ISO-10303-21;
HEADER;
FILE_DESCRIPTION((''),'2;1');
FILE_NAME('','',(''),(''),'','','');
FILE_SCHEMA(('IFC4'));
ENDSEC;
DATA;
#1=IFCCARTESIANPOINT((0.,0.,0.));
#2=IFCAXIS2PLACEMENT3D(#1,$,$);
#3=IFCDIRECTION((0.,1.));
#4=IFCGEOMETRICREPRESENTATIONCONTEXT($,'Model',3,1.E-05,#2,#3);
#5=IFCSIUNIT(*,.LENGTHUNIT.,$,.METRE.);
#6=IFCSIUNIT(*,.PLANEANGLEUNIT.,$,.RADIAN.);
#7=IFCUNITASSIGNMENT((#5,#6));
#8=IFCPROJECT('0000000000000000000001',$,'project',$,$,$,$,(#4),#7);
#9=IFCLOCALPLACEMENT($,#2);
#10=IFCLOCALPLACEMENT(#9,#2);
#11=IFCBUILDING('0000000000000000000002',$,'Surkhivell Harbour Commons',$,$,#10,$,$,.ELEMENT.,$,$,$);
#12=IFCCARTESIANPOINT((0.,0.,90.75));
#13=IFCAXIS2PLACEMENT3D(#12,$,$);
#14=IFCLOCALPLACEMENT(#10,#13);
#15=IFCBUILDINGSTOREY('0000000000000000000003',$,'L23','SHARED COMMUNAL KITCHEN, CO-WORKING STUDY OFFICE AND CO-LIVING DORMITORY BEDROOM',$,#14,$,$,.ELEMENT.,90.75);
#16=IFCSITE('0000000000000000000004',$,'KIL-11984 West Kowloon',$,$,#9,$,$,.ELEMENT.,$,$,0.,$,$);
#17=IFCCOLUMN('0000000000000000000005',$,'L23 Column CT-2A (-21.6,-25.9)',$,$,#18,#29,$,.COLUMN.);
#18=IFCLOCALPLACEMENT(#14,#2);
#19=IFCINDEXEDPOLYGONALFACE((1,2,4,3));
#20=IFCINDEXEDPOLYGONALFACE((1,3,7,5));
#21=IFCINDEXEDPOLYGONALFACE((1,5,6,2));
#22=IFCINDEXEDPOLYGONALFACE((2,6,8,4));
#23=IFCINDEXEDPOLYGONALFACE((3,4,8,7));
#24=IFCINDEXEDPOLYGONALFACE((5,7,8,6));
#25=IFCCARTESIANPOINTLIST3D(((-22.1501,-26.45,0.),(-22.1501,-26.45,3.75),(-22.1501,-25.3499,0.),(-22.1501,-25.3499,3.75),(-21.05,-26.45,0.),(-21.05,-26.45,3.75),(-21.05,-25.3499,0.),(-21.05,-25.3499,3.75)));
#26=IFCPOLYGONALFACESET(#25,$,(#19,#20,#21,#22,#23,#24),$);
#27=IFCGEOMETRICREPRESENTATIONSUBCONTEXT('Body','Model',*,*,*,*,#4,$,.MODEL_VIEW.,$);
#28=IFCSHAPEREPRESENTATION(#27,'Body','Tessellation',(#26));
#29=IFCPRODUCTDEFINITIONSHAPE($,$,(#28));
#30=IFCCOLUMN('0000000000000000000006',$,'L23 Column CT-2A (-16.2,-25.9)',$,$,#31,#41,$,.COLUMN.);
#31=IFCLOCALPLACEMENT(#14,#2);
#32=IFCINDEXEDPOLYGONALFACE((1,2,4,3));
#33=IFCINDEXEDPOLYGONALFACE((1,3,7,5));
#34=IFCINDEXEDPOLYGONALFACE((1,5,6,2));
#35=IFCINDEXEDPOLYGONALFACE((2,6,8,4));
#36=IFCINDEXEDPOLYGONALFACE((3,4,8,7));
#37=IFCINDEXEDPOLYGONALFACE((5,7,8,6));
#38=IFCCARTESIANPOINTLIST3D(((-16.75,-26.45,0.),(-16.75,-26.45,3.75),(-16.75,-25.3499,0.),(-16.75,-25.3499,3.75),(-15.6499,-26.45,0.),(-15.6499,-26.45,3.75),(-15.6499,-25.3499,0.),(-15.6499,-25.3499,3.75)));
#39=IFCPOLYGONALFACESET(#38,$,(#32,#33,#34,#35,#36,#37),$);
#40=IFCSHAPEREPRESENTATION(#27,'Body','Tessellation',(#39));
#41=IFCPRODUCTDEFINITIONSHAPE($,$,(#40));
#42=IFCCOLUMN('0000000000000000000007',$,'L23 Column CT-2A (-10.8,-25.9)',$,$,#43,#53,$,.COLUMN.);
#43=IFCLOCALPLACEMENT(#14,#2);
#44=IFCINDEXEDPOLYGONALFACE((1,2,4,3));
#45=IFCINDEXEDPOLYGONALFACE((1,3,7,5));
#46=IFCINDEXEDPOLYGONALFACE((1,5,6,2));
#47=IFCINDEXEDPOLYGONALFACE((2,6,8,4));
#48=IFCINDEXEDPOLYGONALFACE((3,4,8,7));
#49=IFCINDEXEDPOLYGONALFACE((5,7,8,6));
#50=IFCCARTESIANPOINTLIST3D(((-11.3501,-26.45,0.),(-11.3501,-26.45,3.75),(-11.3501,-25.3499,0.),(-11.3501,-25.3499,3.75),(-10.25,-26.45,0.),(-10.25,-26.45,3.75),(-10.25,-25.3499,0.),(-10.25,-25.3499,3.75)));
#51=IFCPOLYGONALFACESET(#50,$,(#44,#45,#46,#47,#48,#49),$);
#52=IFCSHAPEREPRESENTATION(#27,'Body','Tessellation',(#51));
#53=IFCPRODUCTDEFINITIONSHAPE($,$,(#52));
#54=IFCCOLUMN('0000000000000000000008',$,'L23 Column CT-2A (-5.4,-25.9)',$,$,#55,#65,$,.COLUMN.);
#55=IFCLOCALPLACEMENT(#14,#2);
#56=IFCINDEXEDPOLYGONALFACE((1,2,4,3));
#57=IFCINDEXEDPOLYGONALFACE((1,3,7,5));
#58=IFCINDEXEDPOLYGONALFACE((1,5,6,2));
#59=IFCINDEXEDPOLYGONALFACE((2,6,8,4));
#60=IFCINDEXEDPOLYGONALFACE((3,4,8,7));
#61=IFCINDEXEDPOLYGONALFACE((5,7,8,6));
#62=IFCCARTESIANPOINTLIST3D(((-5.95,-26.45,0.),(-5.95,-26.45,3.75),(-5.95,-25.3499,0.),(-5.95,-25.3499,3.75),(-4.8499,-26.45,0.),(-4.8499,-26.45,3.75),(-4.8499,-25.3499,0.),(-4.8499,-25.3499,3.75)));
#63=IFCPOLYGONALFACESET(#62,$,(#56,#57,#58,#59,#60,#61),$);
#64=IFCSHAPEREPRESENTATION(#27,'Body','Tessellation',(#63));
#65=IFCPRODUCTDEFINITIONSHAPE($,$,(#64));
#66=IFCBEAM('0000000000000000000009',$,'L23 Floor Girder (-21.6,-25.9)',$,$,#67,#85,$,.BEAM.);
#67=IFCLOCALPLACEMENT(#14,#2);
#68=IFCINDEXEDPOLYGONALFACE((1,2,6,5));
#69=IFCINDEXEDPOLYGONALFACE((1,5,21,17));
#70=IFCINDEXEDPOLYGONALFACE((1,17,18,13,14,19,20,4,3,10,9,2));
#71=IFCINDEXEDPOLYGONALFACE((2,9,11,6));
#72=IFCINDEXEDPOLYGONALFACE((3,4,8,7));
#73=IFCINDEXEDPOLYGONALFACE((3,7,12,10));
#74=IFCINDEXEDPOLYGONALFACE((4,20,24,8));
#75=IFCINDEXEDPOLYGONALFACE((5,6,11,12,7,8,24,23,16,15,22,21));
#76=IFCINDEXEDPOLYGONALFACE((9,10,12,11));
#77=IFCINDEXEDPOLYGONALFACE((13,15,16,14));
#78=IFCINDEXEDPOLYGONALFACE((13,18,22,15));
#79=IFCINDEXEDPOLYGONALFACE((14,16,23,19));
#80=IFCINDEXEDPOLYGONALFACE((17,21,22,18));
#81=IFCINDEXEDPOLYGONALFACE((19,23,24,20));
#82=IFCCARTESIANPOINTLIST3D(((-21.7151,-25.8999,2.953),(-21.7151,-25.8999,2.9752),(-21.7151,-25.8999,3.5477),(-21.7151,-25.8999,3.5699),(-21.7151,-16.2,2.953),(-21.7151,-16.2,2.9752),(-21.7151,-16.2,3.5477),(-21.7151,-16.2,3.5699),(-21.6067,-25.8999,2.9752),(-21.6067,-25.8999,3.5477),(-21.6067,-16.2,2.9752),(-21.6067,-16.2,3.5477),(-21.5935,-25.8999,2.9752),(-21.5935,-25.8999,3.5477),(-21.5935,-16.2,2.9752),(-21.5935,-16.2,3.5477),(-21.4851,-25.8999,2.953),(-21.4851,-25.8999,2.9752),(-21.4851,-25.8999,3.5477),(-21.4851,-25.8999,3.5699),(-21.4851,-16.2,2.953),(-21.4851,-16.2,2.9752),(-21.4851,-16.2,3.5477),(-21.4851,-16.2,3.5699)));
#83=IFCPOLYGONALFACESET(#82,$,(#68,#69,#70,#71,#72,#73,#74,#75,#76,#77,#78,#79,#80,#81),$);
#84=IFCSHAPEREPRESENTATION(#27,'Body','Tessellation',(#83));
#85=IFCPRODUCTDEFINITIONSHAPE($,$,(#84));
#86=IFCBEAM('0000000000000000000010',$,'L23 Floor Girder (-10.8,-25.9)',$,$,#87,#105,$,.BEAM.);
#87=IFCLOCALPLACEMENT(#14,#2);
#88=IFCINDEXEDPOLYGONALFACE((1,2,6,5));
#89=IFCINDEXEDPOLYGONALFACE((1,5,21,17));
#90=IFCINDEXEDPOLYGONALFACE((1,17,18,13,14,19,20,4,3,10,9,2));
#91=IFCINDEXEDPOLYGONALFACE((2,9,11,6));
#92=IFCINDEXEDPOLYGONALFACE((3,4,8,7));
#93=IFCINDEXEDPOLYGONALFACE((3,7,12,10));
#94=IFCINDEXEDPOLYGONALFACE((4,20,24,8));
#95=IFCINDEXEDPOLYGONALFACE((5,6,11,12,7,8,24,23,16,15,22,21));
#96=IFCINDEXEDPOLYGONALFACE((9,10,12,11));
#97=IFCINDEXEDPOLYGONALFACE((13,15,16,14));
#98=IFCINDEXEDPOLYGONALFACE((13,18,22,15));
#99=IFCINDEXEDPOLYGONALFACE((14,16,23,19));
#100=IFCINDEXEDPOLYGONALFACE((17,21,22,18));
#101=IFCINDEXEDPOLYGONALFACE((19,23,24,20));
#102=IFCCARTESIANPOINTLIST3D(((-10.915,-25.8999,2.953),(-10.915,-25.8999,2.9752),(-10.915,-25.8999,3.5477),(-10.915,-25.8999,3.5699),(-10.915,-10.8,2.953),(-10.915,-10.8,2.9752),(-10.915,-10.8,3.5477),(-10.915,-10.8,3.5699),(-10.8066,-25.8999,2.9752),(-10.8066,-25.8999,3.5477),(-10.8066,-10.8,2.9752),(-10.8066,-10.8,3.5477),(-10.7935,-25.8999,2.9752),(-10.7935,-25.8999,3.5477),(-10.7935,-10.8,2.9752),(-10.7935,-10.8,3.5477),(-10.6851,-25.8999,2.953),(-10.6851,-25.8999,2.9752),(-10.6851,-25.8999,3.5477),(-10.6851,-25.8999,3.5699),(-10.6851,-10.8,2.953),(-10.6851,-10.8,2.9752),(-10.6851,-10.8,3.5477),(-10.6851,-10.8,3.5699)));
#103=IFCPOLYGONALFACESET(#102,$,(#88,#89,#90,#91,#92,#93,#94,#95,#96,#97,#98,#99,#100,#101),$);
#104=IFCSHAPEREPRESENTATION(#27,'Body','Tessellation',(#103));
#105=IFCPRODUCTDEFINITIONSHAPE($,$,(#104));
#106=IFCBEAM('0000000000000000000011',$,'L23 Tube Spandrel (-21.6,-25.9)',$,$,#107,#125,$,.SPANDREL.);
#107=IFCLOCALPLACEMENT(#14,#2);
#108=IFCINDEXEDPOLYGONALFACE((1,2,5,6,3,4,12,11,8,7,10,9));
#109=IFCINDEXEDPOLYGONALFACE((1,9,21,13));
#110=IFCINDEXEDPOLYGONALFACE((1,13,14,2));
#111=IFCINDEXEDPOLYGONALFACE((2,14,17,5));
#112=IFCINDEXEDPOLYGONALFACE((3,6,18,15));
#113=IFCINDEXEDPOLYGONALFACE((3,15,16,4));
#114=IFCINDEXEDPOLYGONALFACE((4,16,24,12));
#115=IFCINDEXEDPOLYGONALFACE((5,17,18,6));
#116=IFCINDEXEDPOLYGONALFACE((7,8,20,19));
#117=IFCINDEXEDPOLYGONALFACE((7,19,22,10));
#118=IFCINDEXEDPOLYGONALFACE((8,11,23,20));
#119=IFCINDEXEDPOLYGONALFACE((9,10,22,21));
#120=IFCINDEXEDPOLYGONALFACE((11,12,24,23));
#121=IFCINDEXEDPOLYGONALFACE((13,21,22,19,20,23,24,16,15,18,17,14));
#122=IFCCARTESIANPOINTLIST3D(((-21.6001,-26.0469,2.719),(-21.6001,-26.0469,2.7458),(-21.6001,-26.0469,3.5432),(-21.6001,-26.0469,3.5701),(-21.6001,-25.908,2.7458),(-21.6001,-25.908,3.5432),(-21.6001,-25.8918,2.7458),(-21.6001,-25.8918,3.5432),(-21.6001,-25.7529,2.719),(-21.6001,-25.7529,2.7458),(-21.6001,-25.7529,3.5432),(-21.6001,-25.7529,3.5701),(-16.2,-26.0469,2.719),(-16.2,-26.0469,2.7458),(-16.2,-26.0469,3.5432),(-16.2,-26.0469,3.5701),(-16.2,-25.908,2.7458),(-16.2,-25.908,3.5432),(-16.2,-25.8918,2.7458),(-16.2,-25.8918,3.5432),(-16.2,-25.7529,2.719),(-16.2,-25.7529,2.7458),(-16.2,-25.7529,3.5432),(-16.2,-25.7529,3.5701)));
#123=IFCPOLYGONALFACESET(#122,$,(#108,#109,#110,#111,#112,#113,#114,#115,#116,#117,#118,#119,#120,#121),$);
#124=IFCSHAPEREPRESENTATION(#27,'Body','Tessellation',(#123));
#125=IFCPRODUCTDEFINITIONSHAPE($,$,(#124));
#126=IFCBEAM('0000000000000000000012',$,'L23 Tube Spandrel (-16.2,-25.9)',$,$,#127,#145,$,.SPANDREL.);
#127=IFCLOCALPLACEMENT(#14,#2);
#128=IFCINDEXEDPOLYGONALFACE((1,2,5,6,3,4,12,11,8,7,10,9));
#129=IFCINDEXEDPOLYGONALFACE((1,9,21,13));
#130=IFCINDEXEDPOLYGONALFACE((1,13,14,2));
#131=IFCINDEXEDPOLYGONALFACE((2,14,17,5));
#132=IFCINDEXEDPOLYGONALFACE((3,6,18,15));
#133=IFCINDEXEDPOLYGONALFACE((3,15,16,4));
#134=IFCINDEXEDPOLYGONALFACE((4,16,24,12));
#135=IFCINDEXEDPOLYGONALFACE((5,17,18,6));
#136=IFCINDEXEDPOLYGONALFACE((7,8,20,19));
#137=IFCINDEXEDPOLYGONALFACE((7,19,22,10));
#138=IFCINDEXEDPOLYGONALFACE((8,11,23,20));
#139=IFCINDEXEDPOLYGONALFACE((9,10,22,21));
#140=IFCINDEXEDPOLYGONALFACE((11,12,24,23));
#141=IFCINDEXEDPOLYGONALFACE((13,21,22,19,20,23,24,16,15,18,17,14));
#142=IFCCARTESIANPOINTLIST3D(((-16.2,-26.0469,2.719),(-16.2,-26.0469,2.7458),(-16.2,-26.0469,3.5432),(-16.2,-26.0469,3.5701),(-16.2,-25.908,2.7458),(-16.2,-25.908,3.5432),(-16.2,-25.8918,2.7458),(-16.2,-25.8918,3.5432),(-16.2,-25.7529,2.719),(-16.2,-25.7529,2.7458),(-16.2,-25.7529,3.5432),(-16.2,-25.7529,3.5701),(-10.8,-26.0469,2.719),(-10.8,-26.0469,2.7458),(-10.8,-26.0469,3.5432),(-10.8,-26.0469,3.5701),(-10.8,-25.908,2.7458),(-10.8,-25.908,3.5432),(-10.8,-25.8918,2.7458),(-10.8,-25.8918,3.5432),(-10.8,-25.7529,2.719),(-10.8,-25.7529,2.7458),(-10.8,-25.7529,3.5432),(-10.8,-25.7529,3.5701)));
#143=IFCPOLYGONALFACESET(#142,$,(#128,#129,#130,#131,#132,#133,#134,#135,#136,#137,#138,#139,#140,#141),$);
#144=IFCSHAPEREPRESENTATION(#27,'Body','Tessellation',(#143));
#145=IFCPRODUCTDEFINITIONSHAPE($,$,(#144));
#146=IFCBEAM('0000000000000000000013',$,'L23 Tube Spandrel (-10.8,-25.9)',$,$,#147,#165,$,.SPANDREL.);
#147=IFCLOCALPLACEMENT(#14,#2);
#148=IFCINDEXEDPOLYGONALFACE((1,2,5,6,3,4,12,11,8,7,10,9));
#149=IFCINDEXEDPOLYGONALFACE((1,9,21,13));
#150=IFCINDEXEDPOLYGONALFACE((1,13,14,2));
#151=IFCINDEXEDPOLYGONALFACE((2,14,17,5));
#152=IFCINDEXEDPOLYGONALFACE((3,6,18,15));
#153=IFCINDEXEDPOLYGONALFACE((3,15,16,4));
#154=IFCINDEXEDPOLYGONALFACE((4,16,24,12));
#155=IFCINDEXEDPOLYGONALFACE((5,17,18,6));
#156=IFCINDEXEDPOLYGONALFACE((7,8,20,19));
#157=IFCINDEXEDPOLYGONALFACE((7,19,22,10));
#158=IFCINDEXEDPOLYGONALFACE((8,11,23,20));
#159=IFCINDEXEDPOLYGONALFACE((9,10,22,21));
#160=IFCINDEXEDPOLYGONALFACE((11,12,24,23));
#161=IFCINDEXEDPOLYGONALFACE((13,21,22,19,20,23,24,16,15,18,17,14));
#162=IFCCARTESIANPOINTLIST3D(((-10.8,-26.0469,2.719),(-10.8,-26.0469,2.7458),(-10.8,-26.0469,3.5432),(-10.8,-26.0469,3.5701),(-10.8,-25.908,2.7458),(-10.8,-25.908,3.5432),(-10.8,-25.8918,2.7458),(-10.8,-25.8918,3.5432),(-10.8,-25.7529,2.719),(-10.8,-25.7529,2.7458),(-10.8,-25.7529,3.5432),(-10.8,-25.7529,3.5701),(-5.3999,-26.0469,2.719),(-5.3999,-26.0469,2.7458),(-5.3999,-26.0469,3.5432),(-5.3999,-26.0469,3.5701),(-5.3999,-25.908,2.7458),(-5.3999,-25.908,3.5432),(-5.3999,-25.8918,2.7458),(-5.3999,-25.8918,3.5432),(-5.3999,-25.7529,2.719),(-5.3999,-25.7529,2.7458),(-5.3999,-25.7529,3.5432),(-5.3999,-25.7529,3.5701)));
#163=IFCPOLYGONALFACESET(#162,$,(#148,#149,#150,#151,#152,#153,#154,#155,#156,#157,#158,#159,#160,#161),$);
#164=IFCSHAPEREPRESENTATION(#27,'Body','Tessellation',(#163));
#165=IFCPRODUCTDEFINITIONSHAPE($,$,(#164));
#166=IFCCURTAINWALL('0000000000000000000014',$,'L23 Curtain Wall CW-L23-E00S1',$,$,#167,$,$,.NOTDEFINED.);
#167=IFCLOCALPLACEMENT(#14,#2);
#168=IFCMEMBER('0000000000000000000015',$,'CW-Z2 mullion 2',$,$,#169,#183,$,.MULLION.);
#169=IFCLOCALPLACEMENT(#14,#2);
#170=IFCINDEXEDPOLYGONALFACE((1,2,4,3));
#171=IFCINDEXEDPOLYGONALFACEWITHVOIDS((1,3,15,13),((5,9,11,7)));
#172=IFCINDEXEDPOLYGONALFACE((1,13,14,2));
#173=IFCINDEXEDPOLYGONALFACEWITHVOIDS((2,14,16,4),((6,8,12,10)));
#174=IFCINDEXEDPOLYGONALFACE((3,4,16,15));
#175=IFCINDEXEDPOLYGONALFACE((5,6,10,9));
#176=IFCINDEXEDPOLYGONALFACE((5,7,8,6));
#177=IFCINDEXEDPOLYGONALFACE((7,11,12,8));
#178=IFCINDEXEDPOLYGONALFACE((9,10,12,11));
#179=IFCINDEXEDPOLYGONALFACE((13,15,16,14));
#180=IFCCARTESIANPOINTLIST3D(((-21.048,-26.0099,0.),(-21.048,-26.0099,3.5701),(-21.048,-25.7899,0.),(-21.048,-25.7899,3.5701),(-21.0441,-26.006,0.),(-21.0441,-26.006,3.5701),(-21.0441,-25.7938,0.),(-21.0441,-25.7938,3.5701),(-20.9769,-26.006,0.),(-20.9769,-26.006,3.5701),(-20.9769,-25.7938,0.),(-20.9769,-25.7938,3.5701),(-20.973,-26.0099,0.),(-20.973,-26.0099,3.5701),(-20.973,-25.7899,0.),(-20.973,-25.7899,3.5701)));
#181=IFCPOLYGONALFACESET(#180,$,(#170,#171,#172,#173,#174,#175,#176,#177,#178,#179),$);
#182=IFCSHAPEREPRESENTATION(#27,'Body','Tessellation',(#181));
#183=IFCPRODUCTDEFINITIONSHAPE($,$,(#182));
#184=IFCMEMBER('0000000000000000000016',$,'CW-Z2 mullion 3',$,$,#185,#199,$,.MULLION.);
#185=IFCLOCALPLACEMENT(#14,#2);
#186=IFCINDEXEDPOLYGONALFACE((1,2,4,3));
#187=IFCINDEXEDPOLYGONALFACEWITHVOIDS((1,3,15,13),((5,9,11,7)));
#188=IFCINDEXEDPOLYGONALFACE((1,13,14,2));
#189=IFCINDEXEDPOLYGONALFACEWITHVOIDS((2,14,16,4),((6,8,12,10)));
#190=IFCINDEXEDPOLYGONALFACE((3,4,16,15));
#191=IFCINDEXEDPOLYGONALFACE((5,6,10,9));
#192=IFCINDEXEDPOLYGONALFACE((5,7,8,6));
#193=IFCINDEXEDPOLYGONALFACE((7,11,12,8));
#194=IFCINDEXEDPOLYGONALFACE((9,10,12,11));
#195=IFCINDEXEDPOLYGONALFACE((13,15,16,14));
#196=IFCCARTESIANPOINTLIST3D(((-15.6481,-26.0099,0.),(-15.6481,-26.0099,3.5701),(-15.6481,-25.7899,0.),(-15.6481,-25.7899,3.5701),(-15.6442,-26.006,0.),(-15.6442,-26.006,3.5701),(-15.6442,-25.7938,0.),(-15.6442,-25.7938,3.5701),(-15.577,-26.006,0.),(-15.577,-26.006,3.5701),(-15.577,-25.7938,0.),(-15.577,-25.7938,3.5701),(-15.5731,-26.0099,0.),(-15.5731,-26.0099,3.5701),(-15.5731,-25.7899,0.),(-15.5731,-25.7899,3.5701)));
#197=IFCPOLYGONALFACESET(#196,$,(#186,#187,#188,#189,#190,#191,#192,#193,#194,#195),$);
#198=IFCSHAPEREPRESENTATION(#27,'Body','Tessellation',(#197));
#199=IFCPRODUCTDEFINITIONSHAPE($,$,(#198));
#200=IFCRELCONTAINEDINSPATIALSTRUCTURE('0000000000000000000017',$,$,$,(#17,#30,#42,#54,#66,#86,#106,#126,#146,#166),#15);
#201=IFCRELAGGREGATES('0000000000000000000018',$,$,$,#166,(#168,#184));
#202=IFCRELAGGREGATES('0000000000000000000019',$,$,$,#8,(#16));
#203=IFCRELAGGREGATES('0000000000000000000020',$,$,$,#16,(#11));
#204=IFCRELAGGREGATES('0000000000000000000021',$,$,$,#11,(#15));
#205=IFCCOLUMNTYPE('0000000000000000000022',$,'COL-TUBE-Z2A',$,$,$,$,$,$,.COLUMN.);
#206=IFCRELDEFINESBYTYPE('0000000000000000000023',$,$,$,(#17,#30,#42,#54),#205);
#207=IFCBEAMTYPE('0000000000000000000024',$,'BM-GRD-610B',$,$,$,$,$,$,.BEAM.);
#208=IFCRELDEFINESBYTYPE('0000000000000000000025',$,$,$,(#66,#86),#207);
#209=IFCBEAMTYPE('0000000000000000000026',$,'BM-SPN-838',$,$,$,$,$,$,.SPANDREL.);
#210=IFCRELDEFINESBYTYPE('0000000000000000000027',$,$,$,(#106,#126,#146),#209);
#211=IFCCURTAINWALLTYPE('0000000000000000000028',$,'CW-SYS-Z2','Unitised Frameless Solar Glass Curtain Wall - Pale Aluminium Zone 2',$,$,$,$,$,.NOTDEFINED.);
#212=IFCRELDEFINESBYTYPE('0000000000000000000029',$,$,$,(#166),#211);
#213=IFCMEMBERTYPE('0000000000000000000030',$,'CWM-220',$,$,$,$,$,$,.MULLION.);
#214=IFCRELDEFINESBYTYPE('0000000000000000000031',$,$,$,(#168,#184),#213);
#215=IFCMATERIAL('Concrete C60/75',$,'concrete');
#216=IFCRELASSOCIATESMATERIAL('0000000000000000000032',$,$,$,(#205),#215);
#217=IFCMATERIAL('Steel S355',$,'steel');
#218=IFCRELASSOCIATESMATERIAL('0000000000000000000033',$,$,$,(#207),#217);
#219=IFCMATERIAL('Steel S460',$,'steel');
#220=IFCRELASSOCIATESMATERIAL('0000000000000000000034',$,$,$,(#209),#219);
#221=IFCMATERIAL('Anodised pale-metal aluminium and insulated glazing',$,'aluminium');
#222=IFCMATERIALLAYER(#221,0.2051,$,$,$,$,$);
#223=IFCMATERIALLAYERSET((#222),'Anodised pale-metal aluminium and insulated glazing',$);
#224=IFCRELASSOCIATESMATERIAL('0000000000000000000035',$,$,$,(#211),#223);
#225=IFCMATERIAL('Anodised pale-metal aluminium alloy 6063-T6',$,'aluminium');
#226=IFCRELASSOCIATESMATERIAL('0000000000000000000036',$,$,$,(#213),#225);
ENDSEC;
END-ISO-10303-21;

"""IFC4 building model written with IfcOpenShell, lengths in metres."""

from ifc_helpers import new_model, si_unit, direction, frame, origin, origin_2d, place, context, subcontext, project, spatial, rectangle, hollow_rectangle, i_section, extrude, material, layer, layer_set, material_profile, profile_set, type_object, element, aggregate, save


model = new_model("IFC4")

# Units and contexts
model_context = context("Model", 3, precision=1e-05, world=origin(), true_north=direction((0.0, 1.0)))
body_context = subcontext(model_context, "Body", "Model", "MODEL_VIEW")
ifc_project = project(units=[si_unit("LENGTHUNIT", "METRE"), si_unit("PLANEANGLEUNIT", "RADIAN")], contexts=[model_context])

# Site, building, storey
site_placement = place(None, origin())
site = spatial("IfcSite", under=ifc_project, at=site_placement, Name="KIL-11984 West Kowloon", CompositionType="ELEMENT", RefElevation=0.0)
building_placement = place(site_placement, origin())
building = spatial("IfcBuilding", under=site, at=building_placement, Name="Surkhivell Harbour Commons", CompositionType="ELEMENT")
storey_placement = place(building_placement, frame((0.0, 0.0, 90.75)))
storey = spatial("IfcBuildingStorey", under=building, at=storey_placement, Name="L23", Description="SHARED COMMUNAL KITCHEN, CO-WORKING STUDY OFFICE AND CO-LIVING DORMITORY BEDROOM", CompositionType="ELEMENT", Elevation=90.75)

# Columns
ifc_material_1 = material(Name="Concrete C60/75", Category="concrete")
ifc_material_profile_1 = material_profile(ifc_material_1, rectangle(XDim=1.1001, YDim=1.1001, at=origin_2d()), Name="RC-COL-1100x1100")
ifc_profile_set_1 = profile_set([ifc_material_profile_1], Name="Concrete C60/75")
column_type = type_object("IfcColumnType", Name="COL-TUBE-Z2A", PredefinedType="COLUMN", material=ifc_profile_set_1)
for number, where, z_axis, x_axis, name in (
    (1, (-21.6001, -25.8999, 0.0), (0.0, 0.0, 1.0), (1.0, 0.0, 0.0), "L23 Column CT-2A (-21.6,-25.9)"),
    (2, (-16.2, -25.8999, 0.0), (0.0, 0.0, 1.0), (1.0, 0.0, 0.0), "L23 Column CT-2A (-16.2,-25.9)"),
    (3, (-10.8, -25.8999, 0.0), (0.0, 0.0, 1.0), (1.0, 0.0, 0.0), "L23 Column CT-2A (-10.8,-25.9)"),
    (4, (-5.3999, -25.8999, 0.0), (0.0, 0.0, 1.0), (1.0, 0.0, 0.0), "L23 Column CT-2A (-5.4,-25.9)"),
):
    element("IfcColumn", number, at=place(storey_placement, frame(where, z_axis=z_axis, x_axis=x_axis)), inside=storey, type_object=column_type, Name=name, PredefinedType="COLUMN", context=body_context, shape_type="SweptSolid", body=[
        extrude(rectangle(XDim=1.1001, YDim=1.1001, at=origin_2d()), origin(), (0.0, 0.0, 1.0), 3.75),
    ])

# Beams
ifc_material_2 = material(Name="Steel S355", Category="steel")
ifc_material_profile_2 = material_profile(ifc_material_2, i_section(OverallWidth=0.23, OverallDepth=0.6169, WebThickness=0.0132, FlangeThickness=0.0222, at=origin_2d()), Name="UB610x229x140")
ifc_profile_set_2 = profile_set([ifc_material_profile_2], Name="Steel S355")
beam_type_1 = type_object("IfcBeamType", Name="BM-GRD-610B", PredefinedType="BEAM", material=ifc_profile_set_2)
beam_1_placement = place(storey_placement, frame((-21.6001, -25.8999, 3.2615), z_axis=(0.0, 1.0, 0.0), x_axis=(-1.0, 0.0, 0.0)))
element("IfcBeam", 5, at=beam_1_placement, inside=storey, type_object=beam_type_1, Name="L23 Floor Girder (-21.6,-25.9)", PredefinedType="BEAM", context=body_context, shape_type="SweptSolid", body=[
    extrude(i_section(OverallWidth=0.23, OverallDepth=0.6169, WebThickness=0.0132, FlangeThickness=0.0222, at=origin_2d()), origin(), (0.0, 0.0, 1.0), 9.7),
])
beam_2_placement = place(storey_placement, frame((-10.8, -25.8999, 3.2615), z_axis=(0.0, 1.0, 0.0), x_axis=(-1.0, 0.0, 0.0)))
element("IfcBeam", 6, at=beam_2_placement, inside=storey, type_object=beam_type_1, Name="L23 Floor Girder (-10.8,-25.9)", PredefinedType="BEAM", context=body_context, shape_type="SweptSolid", body=[
    extrude(i_section(OverallWidth=0.23, OverallDepth=0.6169, WebThickness=0.0132, FlangeThickness=0.0222, at=origin_2d()), origin(), (0.0, 0.0, 1.0), 15.0999),
])
ifc_material_3 = material(Name="Steel S460", Category="steel")
ifc_material_profile_3 = material_profile(ifc_material_3, i_section(OverallWidth=0.2939, OverallDepth=0.8511, WebThickness=0.0161, FlangeThickness=0.0269, at=origin_2d()), Name="UB838x292x226")
ifc_profile_set_3 = profile_set([ifc_material_profile_3], Name="Steel S460")
beam_type_2 = type_object("IfcBeamType", Name="BM-SPN-838", PredefinedType="SPANDREL", material=ifc_profile_set_3)
beam_3_placement = place(storey_placement, frame((-21.6001, -25.8999, 3.1445), z_axis=(1.0, 0.0, 0.0), x_axis=(0.0, 1.0, 0.0)))
element("IfcBeam", 7, at=beam_3_placement, inside=storey, type_object=beam_type_2, Name="L23 Tube Spandrel (-21.6,-25.9)", PredefinedType="SPANDREL", context=body_context, shape_type="SweptSolid", body=[
    extrude(i_section(OverallWidth=0.2939, OverallDepth=0.8511, WebThickness=0.0161, FlangeThickness=0.0269, at=origin_2d()), origin(), (0.0, 0.0, 1.0), 5.4001),
])
beam_4_placement = place(storey_placement, frame((-16.2, -25.8999, 3.1445), z_axis=(1.0, 0.0, 0.0), x_axis=(0.0, 1.0, 0.0)))
element("IfcBeam", 8, at=beam_4_placement, inside=storey, type_object=beam_type_2, Name="L23 Tube Spandrel (-16.2,-25.9)", PredefinedType="SPANDREL", context=body_context, shape_type="SweptSolid", body=[
    extrude(i_section(OverallWidth=0.2939, OverallDepth=0.8511, WebThickness=0.0161, FlangeThickness=0.0269, at=origin_2d()), origin(), (0.0, 0.0, 1.0), 5.3999),
])
beam_5_placement = place(storey_placement, frame((-10.8, -25.8999, 3.1445), z_axis=(1.0, 0.0, 0.0), x_axis=(0.0, 1.0, 0.0)))
element("IfcBeam", 9, at=beam_5_placement, inside=storey, type_object=beam_type_2, Name="L23 Tube Spandrel (-10.8,-25.9)", PredefinedType="SPANDREL", context=body_context, shape_type="SweptSolid", body=[
    extrude(i_section(OverallWidth=0.2939, OverallDepth=0.8511, WebThickness=0.0161, FlangeThickness=0.0269, at=origin_2d()), origin(), (0.0, 0.0, 1.0), 5.4001),
])

# Curtain wall, members
ifc_material_4 = material(Name="Anodised pale-metal aluminium and insulated glazing", Category="aluminium")
ifc_layer_1 = layer(ifc_material_4, 0.2051)
ifc_layer_set_1 = layer_set([ifc_layer_1], Name="Anodised pale-metal aluminium and insulated glazing")
curtain_wall_type = type_object("IfcCurtainWallType", Name="CW-SYS-Z2", Description="Unitised Frameless Solar Glass Curtain Wall - Pale Aluminium Zone 2", PredefinedType="NOTDEFINED", material=ifc_layer_set_1)
curtain_wall_placement = place(storey_placement, origin())
curtain_wall = element("IfcCurtainWall", 10, at=curtain_wall_placement, inside=storey, type_object=curtain_wall_type, Name="L23 Curtain Wall CW-L23-E00S1", PredefinedType="NOTDEFINED")
ifc_material_5 = material(Name="Anodised pale-metal aluminium alloy 6063-T6", Category="aluminium")
ifc_material_profile_4 = material_profile(ifc_material_5, hollow_rectangle(XDim=0.075, YDim=0.22, WallThickness=0.0039, at=origin_2d()), Name="ALU-MULL-75x220")
ifc_profile_set_4 = profile_set([ifc_material_profile_4], Name="Anodised pale-metal aluminium alloy 6063-T6")
member_type_1 = type_object("IfcMemberType", Name="CWM-220", PredefinedType="MULLION", material=ifc_profile_set_4)
member_1_placement = place(storey_placement, frame((-21.0105, -25.8999, 0.0), z_axis=(0.0, 0.0, 1.0), x_axis=(1.0, 0.0, 0.0)))
member_1 = element("IfcMember", 11, at=member_1_placement, type_object=member_type_1, Name="CW-Z2 mullion 2", PredefinedType="MULLION", context=body_context, shape_type="SweptSolid", body=[
    extrude(hollow_rectangle(XDim=0.075, YDim=0.22, WallThickness=0.0039, at=origin_2d()), origin(), (0.0, 0.0, 1.0), 3.5701),
])
member_2_placement = place(storey_placement, frame((-15.6106, -25.8999, 0.0), z_axis=(0.0, 0.0, 1.0), x_axis=(1.0, 0.0, 0.0)))
member_2 = element("IfcMember", 12, at=member_2_placement, type_object=member_type_1, Name="CW-Z2 mullion 3", PredefinedType="MULLION", context=body_context, shape_type="SweptSolid", body=[
    extrude(hollow_rectangle(XDim=0.075, YDim=0.22, WallThickness=0.0039, at=origin_2d()), origin(), (0.0, 0.0, 1.0), 3.5701),
])

aggregate(curtain_wall, [member_1, member_2])

save(model, "model.ifc")
